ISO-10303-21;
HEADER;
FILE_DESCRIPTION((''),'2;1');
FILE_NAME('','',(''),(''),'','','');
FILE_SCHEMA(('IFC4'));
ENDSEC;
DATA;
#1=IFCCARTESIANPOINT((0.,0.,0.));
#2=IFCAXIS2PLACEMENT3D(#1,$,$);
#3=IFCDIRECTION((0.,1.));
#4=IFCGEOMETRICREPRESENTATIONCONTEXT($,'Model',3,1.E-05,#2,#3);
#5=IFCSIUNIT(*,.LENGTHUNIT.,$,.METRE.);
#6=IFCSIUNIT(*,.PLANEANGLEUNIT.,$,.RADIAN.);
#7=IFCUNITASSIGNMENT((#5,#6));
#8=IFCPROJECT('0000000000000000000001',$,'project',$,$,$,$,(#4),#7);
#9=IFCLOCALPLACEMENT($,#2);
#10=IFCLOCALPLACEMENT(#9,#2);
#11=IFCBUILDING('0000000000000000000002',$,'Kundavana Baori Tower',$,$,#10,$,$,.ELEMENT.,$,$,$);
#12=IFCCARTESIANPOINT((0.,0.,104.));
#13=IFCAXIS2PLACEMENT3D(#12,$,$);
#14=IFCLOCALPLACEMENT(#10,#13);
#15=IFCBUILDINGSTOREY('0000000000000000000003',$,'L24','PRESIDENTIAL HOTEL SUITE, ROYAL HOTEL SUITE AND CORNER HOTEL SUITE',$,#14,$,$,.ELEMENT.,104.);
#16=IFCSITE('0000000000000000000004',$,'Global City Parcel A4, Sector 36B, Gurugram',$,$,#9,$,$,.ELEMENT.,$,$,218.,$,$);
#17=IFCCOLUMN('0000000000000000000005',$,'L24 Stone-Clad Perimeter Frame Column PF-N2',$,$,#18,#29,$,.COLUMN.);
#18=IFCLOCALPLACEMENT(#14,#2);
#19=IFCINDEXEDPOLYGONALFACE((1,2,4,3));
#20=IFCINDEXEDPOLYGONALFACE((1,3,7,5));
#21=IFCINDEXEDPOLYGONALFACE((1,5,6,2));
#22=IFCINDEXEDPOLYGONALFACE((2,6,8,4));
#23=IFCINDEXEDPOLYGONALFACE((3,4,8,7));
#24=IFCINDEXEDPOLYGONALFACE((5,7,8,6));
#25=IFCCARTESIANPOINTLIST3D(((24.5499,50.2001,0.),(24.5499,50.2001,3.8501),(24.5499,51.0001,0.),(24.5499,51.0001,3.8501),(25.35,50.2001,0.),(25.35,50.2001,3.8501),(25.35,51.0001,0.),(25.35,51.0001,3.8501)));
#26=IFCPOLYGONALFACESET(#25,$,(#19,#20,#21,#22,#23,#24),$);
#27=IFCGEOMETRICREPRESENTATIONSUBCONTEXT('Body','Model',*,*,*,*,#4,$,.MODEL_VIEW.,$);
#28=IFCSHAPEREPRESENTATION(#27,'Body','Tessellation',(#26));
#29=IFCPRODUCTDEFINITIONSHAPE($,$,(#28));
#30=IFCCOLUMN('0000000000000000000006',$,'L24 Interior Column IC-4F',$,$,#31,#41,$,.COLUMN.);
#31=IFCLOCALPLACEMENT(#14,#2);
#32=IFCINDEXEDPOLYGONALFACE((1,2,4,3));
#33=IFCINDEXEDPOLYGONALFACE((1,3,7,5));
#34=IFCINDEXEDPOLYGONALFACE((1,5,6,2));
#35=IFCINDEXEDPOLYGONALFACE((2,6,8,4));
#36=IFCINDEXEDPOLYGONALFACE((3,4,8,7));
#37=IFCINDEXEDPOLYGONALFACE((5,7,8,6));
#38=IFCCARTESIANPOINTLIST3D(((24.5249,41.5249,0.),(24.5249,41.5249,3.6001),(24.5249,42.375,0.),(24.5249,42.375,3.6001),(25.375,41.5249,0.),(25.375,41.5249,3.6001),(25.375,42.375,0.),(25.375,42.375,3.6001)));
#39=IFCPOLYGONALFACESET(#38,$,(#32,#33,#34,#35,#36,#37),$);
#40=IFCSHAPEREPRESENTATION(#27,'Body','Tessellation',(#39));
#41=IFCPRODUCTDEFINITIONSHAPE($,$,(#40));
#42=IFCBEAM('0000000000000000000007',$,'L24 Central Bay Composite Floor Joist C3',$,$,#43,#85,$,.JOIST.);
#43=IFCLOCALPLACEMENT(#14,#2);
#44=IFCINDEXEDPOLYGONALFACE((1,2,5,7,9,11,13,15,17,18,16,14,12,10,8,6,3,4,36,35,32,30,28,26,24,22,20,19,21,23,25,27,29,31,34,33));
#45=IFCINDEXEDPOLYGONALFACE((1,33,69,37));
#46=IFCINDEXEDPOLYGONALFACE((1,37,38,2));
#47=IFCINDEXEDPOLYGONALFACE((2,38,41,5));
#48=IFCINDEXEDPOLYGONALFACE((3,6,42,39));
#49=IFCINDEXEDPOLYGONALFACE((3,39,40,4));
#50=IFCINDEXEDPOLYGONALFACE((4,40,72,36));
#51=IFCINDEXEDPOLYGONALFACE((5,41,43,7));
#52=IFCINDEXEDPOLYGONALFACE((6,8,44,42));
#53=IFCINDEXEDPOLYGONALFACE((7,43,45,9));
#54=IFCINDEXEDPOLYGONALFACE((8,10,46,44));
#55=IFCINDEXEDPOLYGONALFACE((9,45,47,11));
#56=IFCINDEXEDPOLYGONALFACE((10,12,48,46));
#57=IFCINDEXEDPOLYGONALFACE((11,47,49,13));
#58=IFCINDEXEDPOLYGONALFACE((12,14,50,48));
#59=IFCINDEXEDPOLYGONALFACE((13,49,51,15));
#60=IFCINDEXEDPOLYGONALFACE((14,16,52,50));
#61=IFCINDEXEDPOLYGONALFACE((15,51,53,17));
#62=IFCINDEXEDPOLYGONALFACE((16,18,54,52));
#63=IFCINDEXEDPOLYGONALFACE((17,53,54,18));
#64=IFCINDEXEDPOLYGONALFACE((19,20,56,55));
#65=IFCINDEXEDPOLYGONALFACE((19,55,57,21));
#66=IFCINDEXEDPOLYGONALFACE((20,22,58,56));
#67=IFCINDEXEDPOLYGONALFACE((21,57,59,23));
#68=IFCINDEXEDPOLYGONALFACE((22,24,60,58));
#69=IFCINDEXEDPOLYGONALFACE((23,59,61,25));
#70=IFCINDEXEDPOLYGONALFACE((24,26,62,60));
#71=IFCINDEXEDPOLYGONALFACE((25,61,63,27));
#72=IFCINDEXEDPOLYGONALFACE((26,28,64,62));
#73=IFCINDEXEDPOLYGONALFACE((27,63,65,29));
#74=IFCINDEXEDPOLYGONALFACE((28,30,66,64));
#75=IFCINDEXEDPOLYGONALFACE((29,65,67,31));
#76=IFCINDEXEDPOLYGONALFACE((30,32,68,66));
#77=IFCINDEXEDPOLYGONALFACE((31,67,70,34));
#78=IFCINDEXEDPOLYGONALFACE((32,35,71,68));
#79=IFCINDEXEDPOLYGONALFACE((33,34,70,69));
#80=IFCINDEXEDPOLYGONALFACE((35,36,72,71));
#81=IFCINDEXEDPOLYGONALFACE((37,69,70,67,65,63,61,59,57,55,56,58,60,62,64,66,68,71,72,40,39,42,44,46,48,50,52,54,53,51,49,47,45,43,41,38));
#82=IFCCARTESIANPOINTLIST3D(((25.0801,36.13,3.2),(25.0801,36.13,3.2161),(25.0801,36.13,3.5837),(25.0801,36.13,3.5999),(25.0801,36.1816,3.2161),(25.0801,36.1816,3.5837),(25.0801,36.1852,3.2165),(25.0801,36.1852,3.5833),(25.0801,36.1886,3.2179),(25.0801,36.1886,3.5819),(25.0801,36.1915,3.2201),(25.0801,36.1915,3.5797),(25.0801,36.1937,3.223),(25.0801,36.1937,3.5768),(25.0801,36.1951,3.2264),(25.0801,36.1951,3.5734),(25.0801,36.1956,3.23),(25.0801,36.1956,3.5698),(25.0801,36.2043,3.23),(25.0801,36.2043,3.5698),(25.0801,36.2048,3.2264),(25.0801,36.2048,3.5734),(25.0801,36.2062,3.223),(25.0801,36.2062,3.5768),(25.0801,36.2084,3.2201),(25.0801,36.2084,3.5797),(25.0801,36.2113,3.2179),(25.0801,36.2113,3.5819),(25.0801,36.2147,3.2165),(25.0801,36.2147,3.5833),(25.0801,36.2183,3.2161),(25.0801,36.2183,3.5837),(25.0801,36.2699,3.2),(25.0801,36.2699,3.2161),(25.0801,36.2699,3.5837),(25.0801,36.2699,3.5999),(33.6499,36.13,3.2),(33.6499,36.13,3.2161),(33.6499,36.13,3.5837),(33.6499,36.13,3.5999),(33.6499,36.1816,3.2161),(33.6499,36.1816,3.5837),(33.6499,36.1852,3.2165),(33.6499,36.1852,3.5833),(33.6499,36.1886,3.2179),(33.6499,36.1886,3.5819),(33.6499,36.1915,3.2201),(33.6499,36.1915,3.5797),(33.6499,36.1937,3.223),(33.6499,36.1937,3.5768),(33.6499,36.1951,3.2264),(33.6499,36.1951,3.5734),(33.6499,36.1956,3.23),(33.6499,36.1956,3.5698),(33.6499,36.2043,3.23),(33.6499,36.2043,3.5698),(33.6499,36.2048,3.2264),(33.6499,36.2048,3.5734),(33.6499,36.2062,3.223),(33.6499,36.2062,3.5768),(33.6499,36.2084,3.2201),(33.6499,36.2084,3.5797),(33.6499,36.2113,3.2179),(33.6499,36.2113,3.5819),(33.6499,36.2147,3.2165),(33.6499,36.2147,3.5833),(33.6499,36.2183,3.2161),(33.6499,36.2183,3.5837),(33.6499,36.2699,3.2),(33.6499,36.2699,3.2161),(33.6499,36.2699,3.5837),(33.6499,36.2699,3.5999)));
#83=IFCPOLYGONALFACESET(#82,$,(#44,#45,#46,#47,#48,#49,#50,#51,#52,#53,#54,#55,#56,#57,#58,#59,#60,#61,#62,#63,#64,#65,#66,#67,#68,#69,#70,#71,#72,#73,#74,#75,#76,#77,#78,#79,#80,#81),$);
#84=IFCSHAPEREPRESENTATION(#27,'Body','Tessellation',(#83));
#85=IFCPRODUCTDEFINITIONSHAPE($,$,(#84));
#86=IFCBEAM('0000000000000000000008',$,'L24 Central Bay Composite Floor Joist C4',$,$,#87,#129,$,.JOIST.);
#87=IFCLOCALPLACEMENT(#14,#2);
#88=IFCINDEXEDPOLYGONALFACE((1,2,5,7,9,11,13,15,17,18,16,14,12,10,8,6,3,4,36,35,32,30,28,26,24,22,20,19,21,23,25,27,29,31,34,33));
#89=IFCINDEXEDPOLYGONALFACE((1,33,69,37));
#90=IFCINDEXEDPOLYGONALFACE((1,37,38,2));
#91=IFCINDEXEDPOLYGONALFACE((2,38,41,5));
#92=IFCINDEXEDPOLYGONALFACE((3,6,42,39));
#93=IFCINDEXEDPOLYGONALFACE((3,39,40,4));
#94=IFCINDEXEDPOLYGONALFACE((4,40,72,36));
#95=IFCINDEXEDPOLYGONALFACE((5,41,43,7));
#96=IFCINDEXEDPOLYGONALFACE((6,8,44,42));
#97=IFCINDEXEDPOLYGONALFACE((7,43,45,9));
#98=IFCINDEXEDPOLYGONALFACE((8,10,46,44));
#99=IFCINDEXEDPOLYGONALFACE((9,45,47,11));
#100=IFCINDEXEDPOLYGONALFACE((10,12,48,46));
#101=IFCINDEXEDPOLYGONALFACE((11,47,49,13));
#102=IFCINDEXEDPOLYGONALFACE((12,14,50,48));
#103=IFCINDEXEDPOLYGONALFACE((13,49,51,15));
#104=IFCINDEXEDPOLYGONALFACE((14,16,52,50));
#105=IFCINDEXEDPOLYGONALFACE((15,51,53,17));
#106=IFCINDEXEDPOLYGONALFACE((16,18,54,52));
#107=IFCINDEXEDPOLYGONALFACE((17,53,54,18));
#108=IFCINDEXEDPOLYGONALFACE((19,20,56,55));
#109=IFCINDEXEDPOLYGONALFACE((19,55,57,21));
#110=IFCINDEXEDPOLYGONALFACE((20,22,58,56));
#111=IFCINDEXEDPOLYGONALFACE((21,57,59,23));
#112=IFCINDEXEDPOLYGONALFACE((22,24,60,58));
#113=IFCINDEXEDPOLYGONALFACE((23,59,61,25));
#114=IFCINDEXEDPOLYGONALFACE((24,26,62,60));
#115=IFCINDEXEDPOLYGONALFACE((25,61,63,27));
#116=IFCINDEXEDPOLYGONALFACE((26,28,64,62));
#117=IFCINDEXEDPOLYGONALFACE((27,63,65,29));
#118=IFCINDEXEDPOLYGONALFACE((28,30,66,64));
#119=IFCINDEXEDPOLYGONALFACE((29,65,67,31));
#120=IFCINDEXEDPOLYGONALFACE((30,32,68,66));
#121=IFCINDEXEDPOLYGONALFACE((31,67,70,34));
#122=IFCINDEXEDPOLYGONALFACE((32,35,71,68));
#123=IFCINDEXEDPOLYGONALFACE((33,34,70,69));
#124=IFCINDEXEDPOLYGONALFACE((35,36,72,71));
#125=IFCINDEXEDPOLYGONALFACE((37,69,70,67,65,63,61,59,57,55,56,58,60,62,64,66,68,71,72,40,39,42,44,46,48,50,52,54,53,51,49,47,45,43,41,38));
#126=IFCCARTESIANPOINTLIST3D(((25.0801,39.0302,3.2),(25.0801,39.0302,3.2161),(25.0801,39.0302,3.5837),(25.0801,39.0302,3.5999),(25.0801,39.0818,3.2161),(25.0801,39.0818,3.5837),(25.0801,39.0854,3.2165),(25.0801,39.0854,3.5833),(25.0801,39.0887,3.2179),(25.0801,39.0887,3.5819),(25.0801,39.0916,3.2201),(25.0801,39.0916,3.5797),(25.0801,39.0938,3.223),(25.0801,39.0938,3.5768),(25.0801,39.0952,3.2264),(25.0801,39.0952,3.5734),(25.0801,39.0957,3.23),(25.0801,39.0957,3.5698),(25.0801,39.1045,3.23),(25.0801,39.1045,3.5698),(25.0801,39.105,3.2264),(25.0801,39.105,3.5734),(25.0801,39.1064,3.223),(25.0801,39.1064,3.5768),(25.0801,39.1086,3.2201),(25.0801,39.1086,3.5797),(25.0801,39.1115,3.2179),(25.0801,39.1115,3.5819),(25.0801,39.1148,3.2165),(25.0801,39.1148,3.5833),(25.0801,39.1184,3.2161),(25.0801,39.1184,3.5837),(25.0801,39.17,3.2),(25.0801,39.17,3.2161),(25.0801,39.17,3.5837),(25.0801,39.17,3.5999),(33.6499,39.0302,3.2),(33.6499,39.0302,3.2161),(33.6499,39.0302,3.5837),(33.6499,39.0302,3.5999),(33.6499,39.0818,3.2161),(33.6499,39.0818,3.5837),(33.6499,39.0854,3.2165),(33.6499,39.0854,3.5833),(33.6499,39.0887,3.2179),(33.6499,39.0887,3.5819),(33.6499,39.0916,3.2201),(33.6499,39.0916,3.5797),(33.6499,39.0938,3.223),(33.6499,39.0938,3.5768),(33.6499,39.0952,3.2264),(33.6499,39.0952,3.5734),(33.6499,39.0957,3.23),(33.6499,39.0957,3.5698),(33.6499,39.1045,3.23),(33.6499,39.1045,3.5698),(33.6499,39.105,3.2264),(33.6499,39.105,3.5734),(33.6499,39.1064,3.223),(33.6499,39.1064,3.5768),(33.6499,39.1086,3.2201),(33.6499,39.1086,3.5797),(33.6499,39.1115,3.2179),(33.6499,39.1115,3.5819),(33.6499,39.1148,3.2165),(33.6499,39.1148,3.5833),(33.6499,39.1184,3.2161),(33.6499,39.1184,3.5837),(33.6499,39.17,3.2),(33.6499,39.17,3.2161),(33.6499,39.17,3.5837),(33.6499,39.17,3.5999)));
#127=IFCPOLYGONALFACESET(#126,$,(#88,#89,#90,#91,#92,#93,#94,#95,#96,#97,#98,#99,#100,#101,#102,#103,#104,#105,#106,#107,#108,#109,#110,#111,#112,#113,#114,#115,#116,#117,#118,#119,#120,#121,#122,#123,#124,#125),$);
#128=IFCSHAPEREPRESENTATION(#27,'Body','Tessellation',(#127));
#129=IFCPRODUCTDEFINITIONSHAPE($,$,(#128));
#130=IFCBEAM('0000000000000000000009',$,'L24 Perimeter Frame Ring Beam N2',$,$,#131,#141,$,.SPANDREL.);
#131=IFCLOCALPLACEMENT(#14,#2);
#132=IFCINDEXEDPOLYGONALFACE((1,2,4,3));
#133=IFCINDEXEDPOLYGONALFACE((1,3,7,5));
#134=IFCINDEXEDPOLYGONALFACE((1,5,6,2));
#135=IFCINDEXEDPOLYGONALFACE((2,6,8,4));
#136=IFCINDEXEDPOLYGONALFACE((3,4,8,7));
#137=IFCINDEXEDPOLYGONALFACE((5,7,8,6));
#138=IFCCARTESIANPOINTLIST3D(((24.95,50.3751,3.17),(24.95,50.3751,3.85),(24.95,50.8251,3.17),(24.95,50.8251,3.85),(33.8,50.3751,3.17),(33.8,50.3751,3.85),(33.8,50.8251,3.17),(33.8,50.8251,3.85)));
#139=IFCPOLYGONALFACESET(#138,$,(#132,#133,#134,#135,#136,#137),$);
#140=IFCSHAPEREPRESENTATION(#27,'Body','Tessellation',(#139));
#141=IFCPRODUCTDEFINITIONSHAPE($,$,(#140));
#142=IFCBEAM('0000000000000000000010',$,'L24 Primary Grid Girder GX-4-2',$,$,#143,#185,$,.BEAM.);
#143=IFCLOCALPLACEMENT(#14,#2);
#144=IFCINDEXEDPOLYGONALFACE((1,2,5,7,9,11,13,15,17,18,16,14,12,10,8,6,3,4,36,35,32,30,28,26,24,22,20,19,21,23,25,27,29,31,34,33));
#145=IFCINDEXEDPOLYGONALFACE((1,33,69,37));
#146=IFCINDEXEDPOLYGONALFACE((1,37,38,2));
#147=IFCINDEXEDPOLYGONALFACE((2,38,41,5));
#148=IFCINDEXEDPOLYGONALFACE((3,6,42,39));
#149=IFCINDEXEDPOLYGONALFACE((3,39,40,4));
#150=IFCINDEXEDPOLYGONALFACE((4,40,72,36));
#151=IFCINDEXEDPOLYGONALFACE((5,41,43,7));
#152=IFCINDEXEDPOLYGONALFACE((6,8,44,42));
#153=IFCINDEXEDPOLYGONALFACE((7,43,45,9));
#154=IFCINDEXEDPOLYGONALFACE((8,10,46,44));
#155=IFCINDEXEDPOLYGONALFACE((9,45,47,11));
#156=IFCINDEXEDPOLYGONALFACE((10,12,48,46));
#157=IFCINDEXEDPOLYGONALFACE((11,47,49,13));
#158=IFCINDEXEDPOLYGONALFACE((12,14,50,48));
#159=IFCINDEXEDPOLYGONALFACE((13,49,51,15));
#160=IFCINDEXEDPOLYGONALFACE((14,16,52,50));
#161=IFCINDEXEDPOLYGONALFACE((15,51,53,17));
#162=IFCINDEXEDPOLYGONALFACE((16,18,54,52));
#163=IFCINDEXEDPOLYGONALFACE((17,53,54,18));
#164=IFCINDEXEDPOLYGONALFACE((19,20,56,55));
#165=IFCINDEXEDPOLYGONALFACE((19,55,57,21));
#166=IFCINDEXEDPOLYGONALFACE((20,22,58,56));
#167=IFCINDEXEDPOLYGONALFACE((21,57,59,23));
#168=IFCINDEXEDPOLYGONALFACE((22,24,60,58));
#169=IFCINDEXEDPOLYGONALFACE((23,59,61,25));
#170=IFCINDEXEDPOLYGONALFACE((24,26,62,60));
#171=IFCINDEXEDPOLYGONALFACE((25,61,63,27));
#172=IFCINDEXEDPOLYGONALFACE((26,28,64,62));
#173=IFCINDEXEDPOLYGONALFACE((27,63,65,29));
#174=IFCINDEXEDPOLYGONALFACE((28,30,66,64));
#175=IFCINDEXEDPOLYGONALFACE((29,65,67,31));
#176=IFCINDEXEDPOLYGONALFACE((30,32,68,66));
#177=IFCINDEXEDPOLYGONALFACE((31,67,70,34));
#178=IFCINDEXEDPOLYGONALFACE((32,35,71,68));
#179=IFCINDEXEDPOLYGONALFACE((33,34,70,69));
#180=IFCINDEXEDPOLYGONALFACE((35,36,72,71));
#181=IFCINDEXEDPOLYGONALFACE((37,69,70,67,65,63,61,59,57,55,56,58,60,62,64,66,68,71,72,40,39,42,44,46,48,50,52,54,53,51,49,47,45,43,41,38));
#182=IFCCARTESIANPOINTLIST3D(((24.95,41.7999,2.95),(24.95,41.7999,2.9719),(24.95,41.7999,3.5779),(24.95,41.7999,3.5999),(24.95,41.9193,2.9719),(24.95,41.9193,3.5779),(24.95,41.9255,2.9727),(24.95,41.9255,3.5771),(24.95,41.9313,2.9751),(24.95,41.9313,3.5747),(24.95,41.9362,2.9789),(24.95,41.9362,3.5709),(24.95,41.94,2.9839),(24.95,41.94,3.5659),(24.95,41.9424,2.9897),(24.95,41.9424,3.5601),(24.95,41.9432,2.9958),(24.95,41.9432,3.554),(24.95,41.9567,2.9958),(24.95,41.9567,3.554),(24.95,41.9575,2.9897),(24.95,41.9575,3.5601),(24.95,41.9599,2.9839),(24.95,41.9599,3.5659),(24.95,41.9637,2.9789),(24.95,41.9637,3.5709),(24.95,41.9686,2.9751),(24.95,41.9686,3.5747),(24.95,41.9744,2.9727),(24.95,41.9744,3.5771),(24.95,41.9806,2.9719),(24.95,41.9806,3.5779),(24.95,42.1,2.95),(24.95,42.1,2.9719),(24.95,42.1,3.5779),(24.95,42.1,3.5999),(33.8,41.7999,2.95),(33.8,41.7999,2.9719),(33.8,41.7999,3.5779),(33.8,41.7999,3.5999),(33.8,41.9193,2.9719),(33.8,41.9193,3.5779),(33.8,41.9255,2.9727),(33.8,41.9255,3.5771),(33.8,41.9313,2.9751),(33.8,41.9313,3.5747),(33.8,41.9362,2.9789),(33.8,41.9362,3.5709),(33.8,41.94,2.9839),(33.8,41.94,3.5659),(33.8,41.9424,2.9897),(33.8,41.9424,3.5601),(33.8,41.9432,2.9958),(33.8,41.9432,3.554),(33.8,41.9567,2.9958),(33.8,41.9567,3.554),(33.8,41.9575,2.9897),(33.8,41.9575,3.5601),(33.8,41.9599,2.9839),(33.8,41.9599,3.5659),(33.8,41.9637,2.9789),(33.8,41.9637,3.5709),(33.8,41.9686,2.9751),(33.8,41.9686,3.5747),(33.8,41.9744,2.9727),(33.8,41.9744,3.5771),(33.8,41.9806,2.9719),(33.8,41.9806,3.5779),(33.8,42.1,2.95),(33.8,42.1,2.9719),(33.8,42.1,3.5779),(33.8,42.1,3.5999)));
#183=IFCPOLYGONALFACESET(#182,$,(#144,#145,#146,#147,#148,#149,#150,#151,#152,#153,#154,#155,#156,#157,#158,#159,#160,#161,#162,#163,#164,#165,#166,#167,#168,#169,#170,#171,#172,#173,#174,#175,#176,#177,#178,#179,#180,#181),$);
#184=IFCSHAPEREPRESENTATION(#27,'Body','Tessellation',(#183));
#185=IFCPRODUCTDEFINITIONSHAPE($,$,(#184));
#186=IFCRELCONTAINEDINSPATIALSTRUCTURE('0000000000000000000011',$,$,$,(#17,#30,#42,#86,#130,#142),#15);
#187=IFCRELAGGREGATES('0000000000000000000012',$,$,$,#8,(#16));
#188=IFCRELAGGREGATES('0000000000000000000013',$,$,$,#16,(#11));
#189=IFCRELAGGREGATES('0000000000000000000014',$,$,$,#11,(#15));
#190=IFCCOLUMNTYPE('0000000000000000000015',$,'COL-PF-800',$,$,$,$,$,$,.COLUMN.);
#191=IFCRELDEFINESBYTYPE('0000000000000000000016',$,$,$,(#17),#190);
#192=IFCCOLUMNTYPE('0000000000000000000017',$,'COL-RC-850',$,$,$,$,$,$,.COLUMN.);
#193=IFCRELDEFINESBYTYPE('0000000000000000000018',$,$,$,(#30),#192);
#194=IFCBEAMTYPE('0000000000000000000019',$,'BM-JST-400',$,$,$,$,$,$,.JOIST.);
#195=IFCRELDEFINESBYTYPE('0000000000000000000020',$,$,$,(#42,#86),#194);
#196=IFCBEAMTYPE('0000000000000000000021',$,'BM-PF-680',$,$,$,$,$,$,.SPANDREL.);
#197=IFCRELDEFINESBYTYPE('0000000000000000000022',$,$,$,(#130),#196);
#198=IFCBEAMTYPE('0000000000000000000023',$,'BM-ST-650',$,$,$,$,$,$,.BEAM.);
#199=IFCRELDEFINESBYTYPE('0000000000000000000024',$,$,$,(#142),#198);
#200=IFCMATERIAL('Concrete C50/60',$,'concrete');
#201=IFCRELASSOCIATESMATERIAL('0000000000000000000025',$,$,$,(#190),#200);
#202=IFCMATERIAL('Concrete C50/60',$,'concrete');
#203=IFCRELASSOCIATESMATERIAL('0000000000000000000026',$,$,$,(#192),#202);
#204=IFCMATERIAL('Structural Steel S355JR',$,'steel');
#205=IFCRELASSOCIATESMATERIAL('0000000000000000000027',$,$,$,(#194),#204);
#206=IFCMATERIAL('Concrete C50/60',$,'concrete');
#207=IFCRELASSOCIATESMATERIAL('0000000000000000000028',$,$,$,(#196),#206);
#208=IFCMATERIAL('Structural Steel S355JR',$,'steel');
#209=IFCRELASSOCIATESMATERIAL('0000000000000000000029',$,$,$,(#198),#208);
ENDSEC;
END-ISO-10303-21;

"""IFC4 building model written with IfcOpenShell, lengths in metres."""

from ifc_helpers import new_model, si_unit, direction, frame, origin, origin_2d, place, context, subcontext, project, spatial, rectangle, i_section, extrude, material, material_profile, profile_set, type_object, element, save


model = new_model("IFC4")

# Units and contexts
model_context = context("Model", 3, precision=1e-05, world=origin(), true_north=direction((0.0, 1.0)))
body_context = subcontext(model_context, "Body", "Model", "MODEL_VIEW")
ifc_project = project(units=[si_unit("LENGTHUNIT", "METRE"), si_unit("PLANEANGLEUNIT", "RADIAN")], contexts=[model_context])

# Site, building, storey
site_placement = place(None, origin())
site = spatial("IfcSite", under=ifc_project, at=site_placement, Name="Global City Parcel A4, Sector 36B, Gurugram", CompositionType="ELEMENT", RefElevation=218.0)
building_placement = place(site_placement, origin())
building = spatial("IfcBuilding", under=site, at=building_placement, Name="Kundavana Baori Tower", CompositionType="ELEMENT")
storey_placement = place(building_placement, frame((0.0, 0.0, 104.0)))
storey = spatial("IfcBuildingStorey", under=building, at=storey_placement, Name="L24", Description="PRESIDENTIAL HOTEL SUITE, ROYAL HOTEL SUITE AND CORNER HOTEL SUITE", CompositionType="ELEMENT", Elevation=104.0)

# Columns
ifc_material_1 = material(Name="Concrete C50/60", Category="concrete")
ifc_material_profile_1 = material_profile(ifc_material_1, rectangle(XDim=0.8, YDim=0.8, at=origin_2d()), Name="RC PF 800x800")
ifc_profile_set_1 = profile_set([ifc_material_profile_1], Name="Concrete C50/60")
column_type_1 = type_object("IfcColumnType", Name="COL-PF-800", PredefinedType="COLUMN", material=ifc_profile_set_1)
column_1_placement = place(storey_placement, frame((24.95, 50.6001, 0.0), z_axis=(0.0, 0.0, 1.0), x_axis=(1.0, 0.0, 0.0)))
element("IfcColumn", 1, at=column_1_placement, inside=storey, type_object=column_type_1, Name="L24 Stone-Clad Perimeter Frame Column PF-N2", PredefinedType="COLUMN", context=body_context, shape_type="SweptSolid", body=[
    extrude(rectangle(XDim=0.8, YDim=0.8, at=origin_2d()), origin(), (0.0, 0.0, 1.0), 3.8501),
])
ifc_material_2 = material(Name="Concrete C50/60", Category="concrete")
ifc_material_profile_2 = material_profile(ifc_material_2, rectangle(XDim=0.8501, YDim=0.8501, at=origin_2d()), Name="RC 850x850")
ifc_profile_set_2 = profile_set([ifc_material_profile_2], Name="Concrete C50/60")
column_type_2 = type_object("IfcColumnType", Name="COL-RC-850", PredefinedType="COLUMN", material=ifc_profile_set_2)
column_2_placement = place(storey_placement, frame((24.95, 41.95, 0.0), z_axis=(0.0, 0.0, 1.0), x_axis=(1.0, 0.0, 0.0)))
element("IfcColumn", 2, at=column_2_placement, inside=storey, type_object=column_type_2, Name="L24 Interior Column IC-4F", PredefinedType="COLUMN", context=body_context, shape_type="SweptSolid", body=[
    extrude(rectangle(XDim=0.8501, YDim=0.8501, at=origin_2d()), origin(), (0.0, 0.0, 1.0), 3.6001),
])

# Beams
ifc_material_3 = material(Name="Structural Steel S355JR", Category="steel")
ifc_material_profile_3 = material_profile(ifc_material_3, i_section(OverallWidth=0.1399, OverallDepth=0.3999, WebThickness=0.0088, FlangeThickness=0.0161, FilletRadius=0.0139, at=origin_2d()), Name="ISMB 400")
ifc_profile_set_3 = profile_set([ifc_material_profile_3], Name="Structural Steel S355JR")
beam_type_1 = type_object("IfcBeamType", Name="BM-JST-400", PredefinedType="JOIST", material=ifc_profile_set_3)
for number, where, z_axis, x_axis, name in (
    (3, (25.0801, 36.2, 3.3999), (1.0, 0.0, 0.0), (0.0, 1.0, 0.0), "L24 Central Bay Composite Floor Joist C3"),
    (4, (25.0801, 39.1001, 3.3999), (1.0, 0.0, 0.0), (0.0, 1.0, 0.0), "L24 Central Bay Composite Floor Joist C4"),
):
    element("IfcBeam", number, at=place(storey_placement, frame(where, z_axis=z_axis, x_axis=x_axis)), inside=storey, type_object=beam_type_1, Name=name, PredefinedType="JOIST", context=body_context, shape_type="SweptSolid", body=[
        extrude(i_section(OverallWidth=0.1399, OverallDepth=0.3999, WebThickness=0.0088, FlangeThickness=0.0161, FilletRadius=0.0139, at=origin_2d()), origin(), (0.0, 0.0, 1.0), 8.5698),
    ])
ifc_material_4 = material(Name="Concrete C50/60", Category="concrete")
ifc_material_profile_4 = material_profile(ifc_material_4, rectangle(XDim=0.45, YDim=0.6799, at=origin_2d()), Name="RC BM 450x680")
ifc_profile_set_4 = profile_set([ifc_material_profile_4], Name="Concrete C50/60")
beam_type_2 = type_object("IfcBeamType", Name="BM-PF-680", PredefinedType="SPANDREL", material=ifc_profile_set_4)
beam_1_placement = place(storey_placement, frame((24.95, 50.6001, 3.51), z_axis=(1.0, 0.0, 0.0), x_axis=(0.0, 1.0, 0.0)))
element("IfcBeam", 5, at=beam_1_placement, inside=storey, type_object=beam_type_2, Name="L24 Perimeter Frame Ring Beam N2", PredefinedType="SPANDREL", context=body_context, shape_type="SweptSolid", body=[
    extrude(rectangle(XDim=0.45, YDim=0.6799, at=origin_2d()), origin(), (0.0, 0.0, 1.0), 8.8501),
])
ifc_material_5 = material(Name="Structural Steel S355JR", Category="steel")
ifc_material_profile_5 = material_profile(ifc_material_5, i_section(OverallWidth=0.3, OverallDepth=0.6499, WebThickness=0.0134, FlangeThickness=0.022, FilletRadius=0.0239, at=origin_2d()), Name="NPB 650x300x155")
ifc_profile_set_5 = profile_set([ifc_material_profile_5], Name="Structural Steel S355JR")
beam_type_3 = type_object("IfcBeamType", Name="BM-ST-650", PredefinedType="BEAM", material=ifc_profile_set_5)
beam_2_placement = place(storey_placement, frame((24.95, 41.95, 3.2749), z_axis=(1.0, 0.0, 0.0), x_axis=(0.0, 1.0, 0.0)))
element("IfcBeam", 6, at=beam_2_placement, inside=storey, type_object=beam_type_3, Name="L24 Primary Grid Girder GX-4-2", PredefinedType="BEAM", context=body_context, shape_type="SweptSolid", body=[
    extrude(i_section(OverallWidth=0.3, OverallDepth=0.6499, WebThickness=0.0134, FlangeThickness=0.022, FilletRadius=0.0239, at=origin_2d()), origin(), (0.0, 0.0, 1.0), 8.8501),
])

save(model, "model.ifc")
